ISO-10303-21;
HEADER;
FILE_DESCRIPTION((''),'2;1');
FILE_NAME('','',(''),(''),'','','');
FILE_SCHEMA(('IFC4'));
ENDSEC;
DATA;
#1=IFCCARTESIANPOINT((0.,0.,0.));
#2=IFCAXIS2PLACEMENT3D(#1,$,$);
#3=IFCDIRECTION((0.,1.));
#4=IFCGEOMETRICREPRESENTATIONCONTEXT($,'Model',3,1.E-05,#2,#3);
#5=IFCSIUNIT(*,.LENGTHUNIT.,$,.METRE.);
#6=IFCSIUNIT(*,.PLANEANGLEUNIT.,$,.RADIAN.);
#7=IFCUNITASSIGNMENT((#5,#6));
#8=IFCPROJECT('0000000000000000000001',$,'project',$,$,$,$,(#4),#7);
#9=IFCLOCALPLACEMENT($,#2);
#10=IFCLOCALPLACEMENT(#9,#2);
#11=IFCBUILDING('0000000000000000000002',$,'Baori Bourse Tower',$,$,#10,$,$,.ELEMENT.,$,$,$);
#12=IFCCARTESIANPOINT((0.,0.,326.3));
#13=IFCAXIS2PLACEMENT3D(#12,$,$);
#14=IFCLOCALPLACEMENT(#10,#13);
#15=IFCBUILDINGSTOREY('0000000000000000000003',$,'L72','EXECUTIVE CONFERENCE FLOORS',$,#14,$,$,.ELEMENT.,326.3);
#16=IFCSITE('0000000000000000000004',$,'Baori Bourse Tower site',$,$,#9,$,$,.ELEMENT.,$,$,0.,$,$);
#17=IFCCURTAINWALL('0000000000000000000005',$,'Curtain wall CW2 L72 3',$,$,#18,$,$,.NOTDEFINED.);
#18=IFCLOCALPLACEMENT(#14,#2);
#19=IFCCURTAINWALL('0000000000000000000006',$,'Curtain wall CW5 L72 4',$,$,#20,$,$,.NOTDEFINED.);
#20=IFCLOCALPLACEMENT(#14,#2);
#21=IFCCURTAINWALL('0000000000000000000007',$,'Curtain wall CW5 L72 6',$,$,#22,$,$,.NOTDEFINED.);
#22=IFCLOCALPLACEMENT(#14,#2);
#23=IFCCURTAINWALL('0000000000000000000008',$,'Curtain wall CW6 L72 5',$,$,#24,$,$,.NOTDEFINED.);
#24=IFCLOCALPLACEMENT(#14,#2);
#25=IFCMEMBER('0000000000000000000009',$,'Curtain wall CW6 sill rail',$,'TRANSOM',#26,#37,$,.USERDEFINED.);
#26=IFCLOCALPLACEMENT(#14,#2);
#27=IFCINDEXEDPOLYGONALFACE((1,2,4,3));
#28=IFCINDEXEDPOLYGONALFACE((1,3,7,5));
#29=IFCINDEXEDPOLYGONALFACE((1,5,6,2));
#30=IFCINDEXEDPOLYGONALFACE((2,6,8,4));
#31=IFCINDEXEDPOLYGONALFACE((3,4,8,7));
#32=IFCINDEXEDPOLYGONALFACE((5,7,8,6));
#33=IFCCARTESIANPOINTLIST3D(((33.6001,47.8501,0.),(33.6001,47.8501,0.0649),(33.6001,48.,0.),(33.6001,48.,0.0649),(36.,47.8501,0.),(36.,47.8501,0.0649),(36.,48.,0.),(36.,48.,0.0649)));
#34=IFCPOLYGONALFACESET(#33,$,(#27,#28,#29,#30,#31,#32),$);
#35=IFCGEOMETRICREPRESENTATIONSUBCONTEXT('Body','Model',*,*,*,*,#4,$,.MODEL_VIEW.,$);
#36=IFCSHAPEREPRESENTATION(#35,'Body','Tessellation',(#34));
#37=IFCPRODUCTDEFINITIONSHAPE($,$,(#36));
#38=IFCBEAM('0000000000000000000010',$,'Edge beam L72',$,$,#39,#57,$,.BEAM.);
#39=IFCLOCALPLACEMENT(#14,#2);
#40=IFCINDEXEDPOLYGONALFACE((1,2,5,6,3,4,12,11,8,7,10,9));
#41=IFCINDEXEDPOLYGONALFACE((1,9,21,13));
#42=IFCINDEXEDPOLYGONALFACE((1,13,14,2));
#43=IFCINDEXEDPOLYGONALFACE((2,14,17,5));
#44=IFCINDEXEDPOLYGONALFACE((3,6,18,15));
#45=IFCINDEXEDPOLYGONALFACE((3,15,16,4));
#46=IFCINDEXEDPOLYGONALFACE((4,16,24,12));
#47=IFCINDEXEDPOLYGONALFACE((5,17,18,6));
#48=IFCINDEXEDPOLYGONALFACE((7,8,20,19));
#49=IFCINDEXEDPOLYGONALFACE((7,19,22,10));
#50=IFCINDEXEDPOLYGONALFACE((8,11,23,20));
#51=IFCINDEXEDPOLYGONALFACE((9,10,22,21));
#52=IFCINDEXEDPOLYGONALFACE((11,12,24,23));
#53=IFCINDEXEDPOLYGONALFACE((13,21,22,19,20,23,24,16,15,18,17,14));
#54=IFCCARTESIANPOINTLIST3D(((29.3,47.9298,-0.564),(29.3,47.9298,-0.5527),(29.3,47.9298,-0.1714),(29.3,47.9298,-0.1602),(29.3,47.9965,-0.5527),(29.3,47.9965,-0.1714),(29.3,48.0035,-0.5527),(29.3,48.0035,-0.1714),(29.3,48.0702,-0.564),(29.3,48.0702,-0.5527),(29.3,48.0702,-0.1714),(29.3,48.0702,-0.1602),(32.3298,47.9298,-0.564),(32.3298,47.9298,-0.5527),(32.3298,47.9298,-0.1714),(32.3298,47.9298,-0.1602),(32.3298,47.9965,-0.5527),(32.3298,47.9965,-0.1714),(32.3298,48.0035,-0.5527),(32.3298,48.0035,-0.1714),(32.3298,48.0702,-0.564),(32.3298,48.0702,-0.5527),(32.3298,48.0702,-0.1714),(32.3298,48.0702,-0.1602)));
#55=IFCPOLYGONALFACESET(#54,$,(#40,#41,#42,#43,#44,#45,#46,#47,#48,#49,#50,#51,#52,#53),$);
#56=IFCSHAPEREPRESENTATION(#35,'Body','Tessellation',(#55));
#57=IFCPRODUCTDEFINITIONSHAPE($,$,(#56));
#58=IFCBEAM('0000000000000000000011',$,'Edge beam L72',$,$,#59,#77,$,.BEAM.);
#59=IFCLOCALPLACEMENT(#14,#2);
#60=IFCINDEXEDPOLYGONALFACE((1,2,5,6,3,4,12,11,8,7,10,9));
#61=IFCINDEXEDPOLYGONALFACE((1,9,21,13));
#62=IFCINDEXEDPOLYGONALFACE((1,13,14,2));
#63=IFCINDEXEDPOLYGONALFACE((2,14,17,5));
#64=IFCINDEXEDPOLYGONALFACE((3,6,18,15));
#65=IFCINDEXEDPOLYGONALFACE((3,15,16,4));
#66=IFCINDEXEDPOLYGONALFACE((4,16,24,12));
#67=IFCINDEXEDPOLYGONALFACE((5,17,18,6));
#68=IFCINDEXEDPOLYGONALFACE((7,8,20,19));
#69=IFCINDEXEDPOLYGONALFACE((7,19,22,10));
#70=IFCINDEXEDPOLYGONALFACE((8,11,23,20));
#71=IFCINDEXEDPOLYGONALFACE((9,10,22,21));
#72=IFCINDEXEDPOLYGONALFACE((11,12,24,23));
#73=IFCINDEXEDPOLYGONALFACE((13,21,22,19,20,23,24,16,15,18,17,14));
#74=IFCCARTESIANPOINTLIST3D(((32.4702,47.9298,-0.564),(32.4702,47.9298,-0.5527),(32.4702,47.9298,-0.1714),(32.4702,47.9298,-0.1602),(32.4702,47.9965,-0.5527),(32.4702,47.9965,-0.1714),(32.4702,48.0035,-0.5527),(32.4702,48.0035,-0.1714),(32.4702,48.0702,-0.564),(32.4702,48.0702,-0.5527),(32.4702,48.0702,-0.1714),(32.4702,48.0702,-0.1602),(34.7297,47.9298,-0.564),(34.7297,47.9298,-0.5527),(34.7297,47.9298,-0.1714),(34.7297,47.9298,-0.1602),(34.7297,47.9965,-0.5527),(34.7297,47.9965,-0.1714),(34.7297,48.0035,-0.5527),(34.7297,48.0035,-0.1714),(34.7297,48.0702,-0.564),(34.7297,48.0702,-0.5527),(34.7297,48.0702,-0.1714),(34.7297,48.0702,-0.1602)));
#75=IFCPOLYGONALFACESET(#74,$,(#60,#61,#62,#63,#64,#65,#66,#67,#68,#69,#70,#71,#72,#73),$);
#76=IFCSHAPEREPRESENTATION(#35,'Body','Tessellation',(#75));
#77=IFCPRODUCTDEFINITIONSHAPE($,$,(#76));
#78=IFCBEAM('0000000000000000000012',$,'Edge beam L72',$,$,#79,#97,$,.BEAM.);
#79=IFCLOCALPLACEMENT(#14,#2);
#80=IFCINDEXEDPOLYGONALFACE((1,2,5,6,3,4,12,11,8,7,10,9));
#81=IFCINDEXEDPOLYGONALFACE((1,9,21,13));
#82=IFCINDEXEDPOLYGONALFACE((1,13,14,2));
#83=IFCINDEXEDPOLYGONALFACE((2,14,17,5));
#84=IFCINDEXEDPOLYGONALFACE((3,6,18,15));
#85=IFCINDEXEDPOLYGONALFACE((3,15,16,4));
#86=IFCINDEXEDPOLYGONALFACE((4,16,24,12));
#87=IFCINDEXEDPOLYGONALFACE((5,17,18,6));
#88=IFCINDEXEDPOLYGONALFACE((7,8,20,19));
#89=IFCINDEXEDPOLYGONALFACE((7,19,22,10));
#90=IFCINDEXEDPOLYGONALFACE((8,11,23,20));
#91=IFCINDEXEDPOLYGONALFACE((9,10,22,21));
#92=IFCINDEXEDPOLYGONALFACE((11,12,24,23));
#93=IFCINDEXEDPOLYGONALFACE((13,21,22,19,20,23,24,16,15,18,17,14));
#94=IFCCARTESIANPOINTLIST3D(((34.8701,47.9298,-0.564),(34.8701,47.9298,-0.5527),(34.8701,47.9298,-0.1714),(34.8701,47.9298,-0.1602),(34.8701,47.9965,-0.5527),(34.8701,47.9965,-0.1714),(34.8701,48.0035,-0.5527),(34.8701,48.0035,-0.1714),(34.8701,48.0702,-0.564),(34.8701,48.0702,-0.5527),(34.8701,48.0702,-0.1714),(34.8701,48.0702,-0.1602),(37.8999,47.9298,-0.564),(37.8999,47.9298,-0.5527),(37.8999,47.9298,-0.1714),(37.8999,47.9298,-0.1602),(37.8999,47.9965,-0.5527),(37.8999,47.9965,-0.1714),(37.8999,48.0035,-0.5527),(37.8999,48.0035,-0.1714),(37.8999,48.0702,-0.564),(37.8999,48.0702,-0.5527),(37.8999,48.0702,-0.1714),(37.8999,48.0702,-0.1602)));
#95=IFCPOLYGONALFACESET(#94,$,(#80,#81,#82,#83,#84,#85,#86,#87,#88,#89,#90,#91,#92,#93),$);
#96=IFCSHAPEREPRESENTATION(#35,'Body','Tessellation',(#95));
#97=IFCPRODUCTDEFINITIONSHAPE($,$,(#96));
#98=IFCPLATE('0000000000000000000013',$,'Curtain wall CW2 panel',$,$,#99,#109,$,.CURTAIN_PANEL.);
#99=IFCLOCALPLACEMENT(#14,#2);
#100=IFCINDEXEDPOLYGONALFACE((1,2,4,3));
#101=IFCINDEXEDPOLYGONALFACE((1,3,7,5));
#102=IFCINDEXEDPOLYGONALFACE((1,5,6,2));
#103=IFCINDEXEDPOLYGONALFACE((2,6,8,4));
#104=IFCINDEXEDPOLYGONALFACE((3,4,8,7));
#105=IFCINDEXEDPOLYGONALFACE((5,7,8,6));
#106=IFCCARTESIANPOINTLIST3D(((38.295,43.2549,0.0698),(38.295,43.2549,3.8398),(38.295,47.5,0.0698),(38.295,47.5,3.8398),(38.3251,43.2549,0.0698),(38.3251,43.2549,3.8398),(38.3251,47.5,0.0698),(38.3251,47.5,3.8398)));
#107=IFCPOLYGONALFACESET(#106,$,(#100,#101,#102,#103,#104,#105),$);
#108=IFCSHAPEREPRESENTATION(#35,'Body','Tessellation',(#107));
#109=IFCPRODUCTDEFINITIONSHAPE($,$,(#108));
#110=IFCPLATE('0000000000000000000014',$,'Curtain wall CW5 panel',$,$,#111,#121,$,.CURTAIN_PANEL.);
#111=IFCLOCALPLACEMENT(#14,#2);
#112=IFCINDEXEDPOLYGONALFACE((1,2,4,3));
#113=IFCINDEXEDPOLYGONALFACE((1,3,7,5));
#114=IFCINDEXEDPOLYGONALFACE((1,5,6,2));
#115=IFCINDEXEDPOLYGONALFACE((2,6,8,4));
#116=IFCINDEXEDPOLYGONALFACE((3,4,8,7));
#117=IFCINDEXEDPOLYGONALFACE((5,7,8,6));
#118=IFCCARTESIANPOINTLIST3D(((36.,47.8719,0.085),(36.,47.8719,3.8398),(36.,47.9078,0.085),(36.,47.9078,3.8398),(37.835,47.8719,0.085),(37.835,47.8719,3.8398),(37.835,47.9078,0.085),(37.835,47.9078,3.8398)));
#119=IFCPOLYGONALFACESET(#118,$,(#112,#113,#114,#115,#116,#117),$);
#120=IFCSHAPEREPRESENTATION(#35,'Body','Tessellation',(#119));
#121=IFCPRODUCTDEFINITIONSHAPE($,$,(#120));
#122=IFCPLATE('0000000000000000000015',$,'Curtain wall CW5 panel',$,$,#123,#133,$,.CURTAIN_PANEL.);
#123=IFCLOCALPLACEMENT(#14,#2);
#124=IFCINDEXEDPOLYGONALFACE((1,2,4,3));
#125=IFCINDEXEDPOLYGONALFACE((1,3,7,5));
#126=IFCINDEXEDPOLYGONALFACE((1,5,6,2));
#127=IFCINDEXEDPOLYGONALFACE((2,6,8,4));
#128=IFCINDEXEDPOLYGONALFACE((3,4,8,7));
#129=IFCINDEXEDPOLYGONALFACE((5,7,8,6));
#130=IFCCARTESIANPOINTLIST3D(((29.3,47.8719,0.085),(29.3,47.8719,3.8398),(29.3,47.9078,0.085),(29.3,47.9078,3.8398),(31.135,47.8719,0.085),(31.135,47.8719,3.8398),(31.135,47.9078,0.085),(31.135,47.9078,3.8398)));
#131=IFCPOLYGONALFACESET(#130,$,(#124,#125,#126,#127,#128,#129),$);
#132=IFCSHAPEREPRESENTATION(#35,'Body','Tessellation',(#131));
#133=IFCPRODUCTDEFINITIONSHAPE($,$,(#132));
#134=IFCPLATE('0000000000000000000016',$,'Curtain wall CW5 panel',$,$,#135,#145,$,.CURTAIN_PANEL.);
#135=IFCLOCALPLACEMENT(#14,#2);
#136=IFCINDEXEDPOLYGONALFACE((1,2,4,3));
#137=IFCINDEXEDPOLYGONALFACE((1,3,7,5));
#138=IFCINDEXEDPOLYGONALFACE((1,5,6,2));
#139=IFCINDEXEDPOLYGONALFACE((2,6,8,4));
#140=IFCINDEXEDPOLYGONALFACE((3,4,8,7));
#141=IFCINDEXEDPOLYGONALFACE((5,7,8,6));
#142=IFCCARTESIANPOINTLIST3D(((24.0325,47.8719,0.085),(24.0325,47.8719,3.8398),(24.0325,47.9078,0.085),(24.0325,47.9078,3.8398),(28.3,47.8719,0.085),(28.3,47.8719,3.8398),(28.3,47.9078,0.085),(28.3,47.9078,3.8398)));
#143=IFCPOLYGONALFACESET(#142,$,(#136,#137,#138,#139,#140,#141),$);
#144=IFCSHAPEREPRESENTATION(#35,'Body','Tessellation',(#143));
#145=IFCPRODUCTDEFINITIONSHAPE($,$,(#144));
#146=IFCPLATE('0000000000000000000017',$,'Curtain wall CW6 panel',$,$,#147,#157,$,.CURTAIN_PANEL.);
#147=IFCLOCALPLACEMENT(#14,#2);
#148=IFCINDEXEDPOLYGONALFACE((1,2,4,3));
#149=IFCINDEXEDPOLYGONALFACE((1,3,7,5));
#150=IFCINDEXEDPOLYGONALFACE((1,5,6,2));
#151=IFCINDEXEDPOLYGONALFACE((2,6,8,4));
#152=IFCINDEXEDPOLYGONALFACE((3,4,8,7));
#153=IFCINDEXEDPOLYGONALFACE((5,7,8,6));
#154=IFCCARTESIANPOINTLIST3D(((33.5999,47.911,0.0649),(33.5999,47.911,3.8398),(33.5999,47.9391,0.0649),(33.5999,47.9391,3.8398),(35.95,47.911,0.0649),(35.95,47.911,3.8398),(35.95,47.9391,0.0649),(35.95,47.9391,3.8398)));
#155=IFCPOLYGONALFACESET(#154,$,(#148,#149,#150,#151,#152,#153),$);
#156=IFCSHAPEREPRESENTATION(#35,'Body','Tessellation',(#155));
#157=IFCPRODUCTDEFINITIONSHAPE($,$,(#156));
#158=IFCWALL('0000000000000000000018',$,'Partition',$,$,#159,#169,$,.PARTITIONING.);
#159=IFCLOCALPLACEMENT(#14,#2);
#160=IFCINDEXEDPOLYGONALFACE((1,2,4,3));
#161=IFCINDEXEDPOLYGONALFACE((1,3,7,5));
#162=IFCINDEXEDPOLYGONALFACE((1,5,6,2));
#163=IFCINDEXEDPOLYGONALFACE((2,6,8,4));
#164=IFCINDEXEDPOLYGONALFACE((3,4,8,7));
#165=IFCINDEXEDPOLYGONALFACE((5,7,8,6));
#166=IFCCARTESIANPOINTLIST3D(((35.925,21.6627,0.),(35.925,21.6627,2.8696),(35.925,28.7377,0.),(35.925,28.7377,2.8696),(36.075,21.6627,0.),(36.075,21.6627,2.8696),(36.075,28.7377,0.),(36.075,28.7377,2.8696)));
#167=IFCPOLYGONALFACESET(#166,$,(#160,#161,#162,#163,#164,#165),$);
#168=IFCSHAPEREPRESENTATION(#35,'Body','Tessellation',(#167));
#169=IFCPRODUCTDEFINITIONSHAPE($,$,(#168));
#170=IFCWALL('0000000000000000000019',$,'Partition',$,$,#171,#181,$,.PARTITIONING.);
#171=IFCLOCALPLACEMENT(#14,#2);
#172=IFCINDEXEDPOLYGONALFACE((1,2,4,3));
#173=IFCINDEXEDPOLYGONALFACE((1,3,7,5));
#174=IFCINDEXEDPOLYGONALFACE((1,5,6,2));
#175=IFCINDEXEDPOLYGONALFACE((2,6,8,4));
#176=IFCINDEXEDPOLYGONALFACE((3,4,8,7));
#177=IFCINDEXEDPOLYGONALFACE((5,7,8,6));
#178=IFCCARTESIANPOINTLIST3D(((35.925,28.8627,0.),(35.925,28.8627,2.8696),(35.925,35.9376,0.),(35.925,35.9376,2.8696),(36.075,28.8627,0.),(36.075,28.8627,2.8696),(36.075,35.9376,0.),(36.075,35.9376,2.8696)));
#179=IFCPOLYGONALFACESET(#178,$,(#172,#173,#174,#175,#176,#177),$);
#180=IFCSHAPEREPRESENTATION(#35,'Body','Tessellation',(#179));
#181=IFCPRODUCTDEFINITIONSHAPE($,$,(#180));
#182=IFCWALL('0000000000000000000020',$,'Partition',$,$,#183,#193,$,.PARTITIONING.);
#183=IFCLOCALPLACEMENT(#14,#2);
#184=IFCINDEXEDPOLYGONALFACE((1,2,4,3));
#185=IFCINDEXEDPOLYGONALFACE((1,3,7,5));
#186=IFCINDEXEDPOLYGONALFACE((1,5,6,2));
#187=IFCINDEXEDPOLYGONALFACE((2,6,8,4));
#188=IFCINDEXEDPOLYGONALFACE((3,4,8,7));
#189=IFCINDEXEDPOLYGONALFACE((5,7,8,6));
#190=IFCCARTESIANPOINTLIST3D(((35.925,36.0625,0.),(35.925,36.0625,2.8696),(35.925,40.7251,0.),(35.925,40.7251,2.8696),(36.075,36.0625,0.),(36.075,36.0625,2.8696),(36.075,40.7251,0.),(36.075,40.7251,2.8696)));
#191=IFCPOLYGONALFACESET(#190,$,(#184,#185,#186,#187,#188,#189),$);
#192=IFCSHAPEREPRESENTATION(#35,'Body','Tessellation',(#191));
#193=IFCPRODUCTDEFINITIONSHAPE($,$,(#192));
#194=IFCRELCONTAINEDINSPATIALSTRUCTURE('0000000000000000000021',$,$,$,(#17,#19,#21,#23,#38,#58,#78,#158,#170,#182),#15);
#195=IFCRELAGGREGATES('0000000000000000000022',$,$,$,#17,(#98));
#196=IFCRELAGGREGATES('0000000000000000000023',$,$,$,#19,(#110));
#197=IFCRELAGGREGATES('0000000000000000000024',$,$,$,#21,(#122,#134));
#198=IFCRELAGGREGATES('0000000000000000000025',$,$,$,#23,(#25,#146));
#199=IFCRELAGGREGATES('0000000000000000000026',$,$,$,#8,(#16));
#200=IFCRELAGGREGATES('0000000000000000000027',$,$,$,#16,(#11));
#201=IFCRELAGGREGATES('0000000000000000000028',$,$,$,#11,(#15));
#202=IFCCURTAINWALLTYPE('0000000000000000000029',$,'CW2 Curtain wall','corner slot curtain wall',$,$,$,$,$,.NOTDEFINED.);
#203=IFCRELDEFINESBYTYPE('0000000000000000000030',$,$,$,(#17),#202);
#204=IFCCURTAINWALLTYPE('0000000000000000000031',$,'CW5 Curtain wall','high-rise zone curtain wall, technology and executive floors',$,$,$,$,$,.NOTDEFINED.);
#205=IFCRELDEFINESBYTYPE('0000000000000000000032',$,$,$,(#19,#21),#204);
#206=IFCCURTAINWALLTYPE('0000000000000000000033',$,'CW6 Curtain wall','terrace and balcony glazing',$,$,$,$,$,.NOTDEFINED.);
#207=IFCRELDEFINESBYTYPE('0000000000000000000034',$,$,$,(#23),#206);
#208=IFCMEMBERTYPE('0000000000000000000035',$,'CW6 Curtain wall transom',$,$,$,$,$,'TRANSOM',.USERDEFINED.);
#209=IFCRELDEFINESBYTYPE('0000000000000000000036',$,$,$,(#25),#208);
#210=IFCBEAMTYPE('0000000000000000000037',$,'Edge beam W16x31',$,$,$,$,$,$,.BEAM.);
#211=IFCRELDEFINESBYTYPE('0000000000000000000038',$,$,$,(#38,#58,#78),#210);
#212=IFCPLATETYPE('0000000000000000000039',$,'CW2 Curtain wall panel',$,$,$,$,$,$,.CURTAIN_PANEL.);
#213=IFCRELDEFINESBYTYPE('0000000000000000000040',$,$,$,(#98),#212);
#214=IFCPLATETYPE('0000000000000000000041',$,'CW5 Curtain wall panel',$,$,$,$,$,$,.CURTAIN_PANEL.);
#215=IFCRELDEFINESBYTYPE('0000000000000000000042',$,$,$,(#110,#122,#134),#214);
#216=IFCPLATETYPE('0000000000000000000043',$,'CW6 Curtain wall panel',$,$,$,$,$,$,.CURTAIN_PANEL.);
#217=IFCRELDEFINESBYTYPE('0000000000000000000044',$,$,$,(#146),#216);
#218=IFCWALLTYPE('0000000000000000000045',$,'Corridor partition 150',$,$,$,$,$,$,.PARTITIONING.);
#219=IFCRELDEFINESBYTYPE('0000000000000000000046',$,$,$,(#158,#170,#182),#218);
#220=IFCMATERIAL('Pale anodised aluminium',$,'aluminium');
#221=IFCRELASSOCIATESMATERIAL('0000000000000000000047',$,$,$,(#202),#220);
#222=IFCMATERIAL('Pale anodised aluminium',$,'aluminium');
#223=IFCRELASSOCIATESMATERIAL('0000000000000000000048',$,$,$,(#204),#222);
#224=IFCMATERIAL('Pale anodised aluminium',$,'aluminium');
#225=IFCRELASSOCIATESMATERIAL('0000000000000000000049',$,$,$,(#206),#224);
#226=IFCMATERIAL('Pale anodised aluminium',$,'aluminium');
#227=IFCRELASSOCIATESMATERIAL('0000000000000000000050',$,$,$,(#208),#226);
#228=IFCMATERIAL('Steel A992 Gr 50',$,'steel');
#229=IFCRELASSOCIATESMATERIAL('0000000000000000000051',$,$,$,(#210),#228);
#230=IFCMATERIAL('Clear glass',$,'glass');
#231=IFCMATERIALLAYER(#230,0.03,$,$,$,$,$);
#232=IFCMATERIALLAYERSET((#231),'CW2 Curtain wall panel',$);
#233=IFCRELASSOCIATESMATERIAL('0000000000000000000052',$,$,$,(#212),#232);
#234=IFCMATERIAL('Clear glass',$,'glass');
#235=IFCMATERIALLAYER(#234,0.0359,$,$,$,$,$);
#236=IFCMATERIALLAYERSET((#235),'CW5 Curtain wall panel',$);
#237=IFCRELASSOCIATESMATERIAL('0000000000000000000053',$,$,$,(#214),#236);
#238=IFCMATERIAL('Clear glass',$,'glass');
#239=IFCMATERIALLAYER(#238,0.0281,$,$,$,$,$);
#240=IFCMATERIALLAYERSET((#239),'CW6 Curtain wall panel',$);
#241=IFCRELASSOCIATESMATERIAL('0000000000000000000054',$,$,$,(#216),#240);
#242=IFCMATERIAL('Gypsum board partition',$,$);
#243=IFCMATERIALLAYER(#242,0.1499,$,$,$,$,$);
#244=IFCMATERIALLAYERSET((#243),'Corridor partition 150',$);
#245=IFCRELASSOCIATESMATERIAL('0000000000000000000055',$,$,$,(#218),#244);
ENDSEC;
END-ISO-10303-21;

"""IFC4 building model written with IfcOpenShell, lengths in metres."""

from ifc_helpers import new_model, si_unit, direction, frame, frame_2d, origin, origin_2d, place, context, subcontext, project, spatial, rectangle, i_section, extrude, material, layer, layer_set, material_profile, profile_set, type_object, element, aggregate, save


model = new_model("IFC4")

# Units and contexts
model_context = context("Model", 3, precision=1e-05, world=origin(), true_north=direction((0.0, 1.0)))
body_context = subcontext(model_context, "Body", "Model", "MODEL_VIEW")
ifc_project = project(units=[si_unit("LENGTHUNIT", "METRE"), si_unit("PLANEANGLEUNIT", "RADIAN")], contexts=[model_context])

# Site, building, storey
site_placement = place(None, origin())
site = spatial("IfcSite", under=ifc_project, at=site_placement, Name="Baori Bourse Tower site", CompositionType="ELEMENT", RefElevation=0.0)
building_placement = place(site_placement, origin())
building = spatial("IfcBuilding", under=site, at=building_placement, Name="Baori Bourse Tower", CompositionType="ELEMENT")
storey_placement = place(building_placement, frame((0.0, 0.0, 326.3)))
storey = spatial("IfcBuildingStorey", under=building, at=storey_placement, Name="L72", Description="EXECUTIVE CONFERENCE FLOORS", CompositionType="ELEMENT", Elevation=326.3)

# Curtain wall
ifc_material_1 = material(Name="Pale anodised aluminium", Category="aluminium")
curtain_wall_type_1 = type_object("IfcCurtainWallType", Name="CW2 Curtain wall", Description="corner slot curtain wall", PredefinedType="NOTDEFINED", material=ifc_material_1)
curtain_wall_1_placement = place(storey_placement, origin())
curtain_wall_1 = element("IfcCurtainWall", 1, at=curtain_wall_1_placement, inside=storey, type_object=curtain_wall_type_1, Name="Curtain wall CW2 L72 3", PredefinedType="NOTDEFINED")

# Curtain wall
ifc_material_2 = material(Name="Pale anodised aluminium", Category="aluminium")
curtain_wall_type_2 = type_object("IfcCurtainWallType", Name="CW5 Curtain wall", Description="high-rise zone curtain wall, technology and executive floors", PredefinedType="NOTDEFINED", material=ifc_material_2)
curtain_wall_2_placement = place(storey_placement, origin())
curtain_wall_2 = element("IfcCurtainWall", 2, at=curtain_wall_2_placement, inside=storey, type_object=curtain_wall_type_2, Name="Curtain wall CW5 L72 4", PredefinedType="NOTDEFINED")

# Curtain wall
curtain_wall_3_placement = place(storey_placement, origin())
curtain_wall_3 = element("IfcCurtainWall", 3, at=curtain_wall_3_placement, inside=storey, type_object=curtain_wall_type_2, Name="Curtain wall CW5 L72 6", PredefinedType="NOTDEFINED")

# Curtain wall, member
ifc_material_3 = material(Name="Pale anodised aluminium", Category="aluminium")
curtain_wall_type_3 = type_object("IfcCurtainWallType", Name="CW6 Curtain wall", Description="terrace and balcony glazing", PredefinedType="NOTDEFINED", material=ifc_material_3)
curtain_wall_4_placement = place(storey_placement, origin())
curtain_wall_4 = element("IfcCurtainWall", 4, at=curtain_wall_4_placement, inside=storey, type_object=curtain_wall_type_3, Name="Curtain wall CW6 L72 5", PredefinedType="NOTDEFINED")
ifc_material_4 = material(Name="Pale anodised aluminium", Category="aluminium")
ifc_material_profile_1 = material_profile(ifc_material_4, rectangle(XDim=0.1499, YDim=0.0649, at=origin_2d()), Name="Transom 65x150")
ifc_profile_set_1 = profile_set([ifc_material_profile_1], Name="Pale anodised aluminium")
member_type_1 = type_object("IfcMemberType", Name="CW6 Curtain wall transom", ElementType="TRANSOM", PredefinedType="USERDEFINED", material=ifc_profile_set_1)
member_1_placement = place(storey_placement, frame((36.0, 47.925, 0.0325), z_axis=(-1.0, 0.0, 0.0), x_axis=(0.0, -1.0, 0.0)))
member_1 = element("IfcMember", 5, at=member_1_placement, type_object=member_type_1, Name="Curtain wall CW6 sill rail", ObjectType="TRANSOM", PredefinedType="USERDEFINED", context=body_context, shape_type="SweptSolid", body=[
    extrude(rectangle(XDim=0.1499, YDim=0.0649, at=origin_2d()), origin(), (0.0, 0.0, 1.0), 2.3999),
])

# Beams
ifc_material_5 = material(Name="Steel A992 Gr 50", Category="steel")
ifc_material_profile_2 = material_profile(ifc_material_5, i_section(OverallWidth=0.1404, OverallDepth=0.4038, WebThickness=0.0071, FlangeThickness=0.0112, at=origin_2d()), Name="W16x31")
ifc_profile_set_2 = profile_set([ifc_material_profile_2], Name="Steel A992 Gr 50")
beam_type_1 = type_object("IfcBeamType", Name="Edge beam W16x31", PredefinedType="BEAM", material=ifc_profile_set_2)
beam_1_placement = place(storey_placement, frame((29.3, 48.0, -0.3621), z_axis=(1.0, 0.0, 0.0), x_axis=(0.0, 1.0, 0.0)))
element("IfcBeam", 6, at=beam_1_placement, inside=storey, type_object=beam_type_1, Name="Edge beam L72", PredefinedType="BEAM", context=body_context, shape_type="SweptSolid", body=[
    extrude(i_section(OverallWidth=0.1404, OverallDepth=0.4038, WebThickness=0.0071, FlangeThickness=0.0112, at=origin_2d()), origin(), (0.0, 0.0, 1.0), 3.0298),
])
beam_2_placement = place(storey_placement, frame((32.4702, 48.0, -0.3621), z_axis=(1.0, 0.0, 0.0), x_axis=(0.0, 1.0, 0.0)))
element("IfcBeam", 7, at=beam_2_placement, inside=storey, type_object=beam_type_1, Name="Edge beam L72", PredefinedType="BEAM", context=body_context, shape_type="SweptSolid", body=[
    extrude(i_section(OverallWidth=0.1404, OverallDepth=0.4038, WebThickness=0.0071, FlangeThickness=0.0112, at=origin_2d()), origin(), (0.0, 0.0, 1.0), 2.2595),
])
beam_3_placement = place(storey_placement, frame((34.8701, 48.0, -0.3621), z_axis=(1.0, 0.0, 0.0), x_axis=(0.0, 1.0, 0.0)))
element("IfcBeam", 8, at=beam_3_placement, inside=storey, type_object=beam_type_1, Name="Edge beam L72", PredefinedType="BEAM", context=body_context, shape_type="SweptSolid", body=[
    extrude(i_section(OverallWidth=0.1404, OverallDepth=0.4038, WebThickness=0.0071, FlangeThickness=0.0112, at=origin_2d()), origin(), (0.0, 0.0, 1.0), 3.0298),
])

# Plates
ifc_material_6 = material(Name="Clear glass", Category="glass")
ifc_layer_1 = layer(ifc_material_6, 0.03)
ifc_layer_set_1 = layer_set([ifc_layer_1], Name="CW2 Curtain wall panel")
plate_type_1 = type_object("IfcPlateType", Name="CW2 Curtain wall panel", PredefinedType="CURTAIN_PANEL", material=ifc_layer_set_1)
plate_1_placement = place(storey_placement, frame((38.3101, 45.3774, 0.0698), z_axis=(0.0, 0.0, 1.0), x_axis=(0.0, 1.0, 0.0)))
plate_1 = element("IfcPlate", 9, at=plate_1_placement, type_object=plate_type_1, Name="Curtain wall CW2 panel", PredefinedType="CURTAIN_PANEL", context=body_context, shape_type="SweptSolid", body=[
    extrude(rectangle(XDim=4.2451, YDim=0.03, at=origin_2d()), origin(), (0.0, 0.0, 1.0), 3.77),
])
aggregate(curtain_wall_1, [plate_1])
ifc_material_7 = material(Name="Clear glass", Category="glass")
ifc_layer_2 = layer(ifc_material_7, 0.0359)
ifc_layer_set_2 = layer_set([ifc_layer_2], Name="CW5 Curtain wall panel")
plate_type_2 = type_object("IfcPlateType", Name="CW5 Curtain wall panel", PredefinedType="CURTAIN_PANEL", material=ifc_layer_set_2)
plate_2_placement = place(storey_placement, frame((36.9175, 47.8899, 0.085), z_axis=(0.0, 0.0, 1.0), x_axis=(-1.0, 0.0, 0.0)))
plate_2 = element("IfcPlate", 10, at=plate_2_placement, type_object=plate_type_2, Name="Curtain wall CW5 panel", PredefinedType="CURTAIN_PANEL", context=body_context, shape_type="SweptSolid", body=[
    extrude(rectangle(XDim=1.835, YDim=0.0359, at=origin_2d()), origin(), (0.0, 0.0, 1.0), 3.7549),
])
aggregate(curtain_wall_2, [plate_2])
plate_3_placement = place(storey_placement, frame((30.2175, 47.8899, 0.085), z_axis=(0.0, 0.0, 1.0), x_axis=(-1.0, 0.0, 0.0)))
plate_3 = element("IfcPlate", 11, at=plate_3_placement, type_object=plate_type_2, Name="Curtain wall CW5 panel", PredefinedType="CURTAIN_PANEL", context=body_context, shape_type="SweptSolid", body=[
    extrude(rectangle(XDim=1.835, YDim=0.0359, at=origin_2d()), origin(), (0.0, 0.0, 1.0), 3.7549),
])
plate_4_placement = place(storey_placement, frame((26.1663, 47.8899, 0.085), z_axis=(0.0, 0.0, 1.0), x_axis=(-1.0, 0.0, 0.0)))
plate_4 = element("IfcPlate", 12, at=plate_4_placement, type_object=plate_type_2, Name="Curtain wall CW5 panel", PredefinedType="CURTAIN_PANEL", context=body_context, shape_type="SweptSolid", body=[
    extrude(rectangle(XDim=4.2676, YDim=0.0359, at=origin_2d()), origin(), (0.0, 0.0, 1.0), 3.7549),
])
aggregate(curtain_wall_3, [plate_3, plate_4])
ifc_material_8 = material(Name="Clear glass", Category="glass")
ifc_layer_3 = layer(ifc_material_8, 0.0281)
ifc_layer_set_3 = layer_set([ifc_layer_3], Name="CW6 Curtain wall panel")
plate_type_3 = type_object("IfcPlateType", Name="CW6 Curtain wall panel", PredefinedType="CURTAIN_PANEL", material=ifc_layer_set_3)
plate_5_placement = place(storey_placement, frame((34.7749, 47.925, 0.0649), z_axis=(0.0, 0.0, 1.0), x_axis=(-1.0, 0.0, 0.0)))
plate_5 = element("IfcPlate", 13, at=plate_5_placement, type_object=plate_type_3, Name="Curtain wall CW6 panel", PredefinedType="CURTAIN_PANEL", context=body_context, shape_type="SweptSolid", body=[
    extrude(rectangle(XDim=2.3501, YDim=0.0281, at=origin_2d()), origin(), (0.0, 0.0, 1.0), 3.7749),
])
aggregate(curtain_wall_4, [member_1, plate_5])

# Walls
ifc_material_9 = material(Name="Gypsum board partition")
ifc_layer_4 = layer(ifc_material_9, 0.1499)
ifc_layer_set_4 = layer_set([ifc_layer_4], Name="Corridor partition 150")
wall_type_1 = type_object("IfcWallType", Name="Corridor partition 150", PredefinedType="PARTITIONING", material=ifc_layer_set_4)
for number, where, z_axis, x_axis, name in (
    (14, (36.0, 21.6626, 0.0), (0.0, 0.0, 1.0), (0.0, 1.0, 0.0), "Partition"),
    (15, (36.0, 28.8625, 0.0), (0.0, 0.0, 1.0), (0.0, 1.0, 0.0), "Partition"),
):
    element("IfcWall", number, at=place(storey_placement, frame(where, z_axis=z_axis, x_axis=x_axis)), inside=storey, type_object=wall_type_1, Name=name, PredefinedType="PARTITIONING", context=body_context, shape_type="SweptSolid", body=[
        extrude(rectangle(XDim=7.075, YDim=0.1499, at=frame_2d((3.5376, 0.0))), origin(), (0.0, 0.0, 1.0), 2.8696),
    ])
wall_1_placement = place(storey_placement, frame((36.0, 36.0625, 0.0), z_axis=(0.0, 0.0, 1.0), x_axis=(0.0, 1.0, 0.0)))
element("IfcWall", 16, at=wall_1_placement, inside=storey, type_object=wall_type_1, Name="Partition", PredefinedType="PARTITIONING", context=body_context, shape_type="SweptSolid", body=[
    extrude(rectangle(XDim=4.6626, YDim=0.1499, at=frame_2d((2.3313, 0.0))), origin(), (0.0, 0.0, 1.0), 2.8696),
])

save(model, "model.ifc")
